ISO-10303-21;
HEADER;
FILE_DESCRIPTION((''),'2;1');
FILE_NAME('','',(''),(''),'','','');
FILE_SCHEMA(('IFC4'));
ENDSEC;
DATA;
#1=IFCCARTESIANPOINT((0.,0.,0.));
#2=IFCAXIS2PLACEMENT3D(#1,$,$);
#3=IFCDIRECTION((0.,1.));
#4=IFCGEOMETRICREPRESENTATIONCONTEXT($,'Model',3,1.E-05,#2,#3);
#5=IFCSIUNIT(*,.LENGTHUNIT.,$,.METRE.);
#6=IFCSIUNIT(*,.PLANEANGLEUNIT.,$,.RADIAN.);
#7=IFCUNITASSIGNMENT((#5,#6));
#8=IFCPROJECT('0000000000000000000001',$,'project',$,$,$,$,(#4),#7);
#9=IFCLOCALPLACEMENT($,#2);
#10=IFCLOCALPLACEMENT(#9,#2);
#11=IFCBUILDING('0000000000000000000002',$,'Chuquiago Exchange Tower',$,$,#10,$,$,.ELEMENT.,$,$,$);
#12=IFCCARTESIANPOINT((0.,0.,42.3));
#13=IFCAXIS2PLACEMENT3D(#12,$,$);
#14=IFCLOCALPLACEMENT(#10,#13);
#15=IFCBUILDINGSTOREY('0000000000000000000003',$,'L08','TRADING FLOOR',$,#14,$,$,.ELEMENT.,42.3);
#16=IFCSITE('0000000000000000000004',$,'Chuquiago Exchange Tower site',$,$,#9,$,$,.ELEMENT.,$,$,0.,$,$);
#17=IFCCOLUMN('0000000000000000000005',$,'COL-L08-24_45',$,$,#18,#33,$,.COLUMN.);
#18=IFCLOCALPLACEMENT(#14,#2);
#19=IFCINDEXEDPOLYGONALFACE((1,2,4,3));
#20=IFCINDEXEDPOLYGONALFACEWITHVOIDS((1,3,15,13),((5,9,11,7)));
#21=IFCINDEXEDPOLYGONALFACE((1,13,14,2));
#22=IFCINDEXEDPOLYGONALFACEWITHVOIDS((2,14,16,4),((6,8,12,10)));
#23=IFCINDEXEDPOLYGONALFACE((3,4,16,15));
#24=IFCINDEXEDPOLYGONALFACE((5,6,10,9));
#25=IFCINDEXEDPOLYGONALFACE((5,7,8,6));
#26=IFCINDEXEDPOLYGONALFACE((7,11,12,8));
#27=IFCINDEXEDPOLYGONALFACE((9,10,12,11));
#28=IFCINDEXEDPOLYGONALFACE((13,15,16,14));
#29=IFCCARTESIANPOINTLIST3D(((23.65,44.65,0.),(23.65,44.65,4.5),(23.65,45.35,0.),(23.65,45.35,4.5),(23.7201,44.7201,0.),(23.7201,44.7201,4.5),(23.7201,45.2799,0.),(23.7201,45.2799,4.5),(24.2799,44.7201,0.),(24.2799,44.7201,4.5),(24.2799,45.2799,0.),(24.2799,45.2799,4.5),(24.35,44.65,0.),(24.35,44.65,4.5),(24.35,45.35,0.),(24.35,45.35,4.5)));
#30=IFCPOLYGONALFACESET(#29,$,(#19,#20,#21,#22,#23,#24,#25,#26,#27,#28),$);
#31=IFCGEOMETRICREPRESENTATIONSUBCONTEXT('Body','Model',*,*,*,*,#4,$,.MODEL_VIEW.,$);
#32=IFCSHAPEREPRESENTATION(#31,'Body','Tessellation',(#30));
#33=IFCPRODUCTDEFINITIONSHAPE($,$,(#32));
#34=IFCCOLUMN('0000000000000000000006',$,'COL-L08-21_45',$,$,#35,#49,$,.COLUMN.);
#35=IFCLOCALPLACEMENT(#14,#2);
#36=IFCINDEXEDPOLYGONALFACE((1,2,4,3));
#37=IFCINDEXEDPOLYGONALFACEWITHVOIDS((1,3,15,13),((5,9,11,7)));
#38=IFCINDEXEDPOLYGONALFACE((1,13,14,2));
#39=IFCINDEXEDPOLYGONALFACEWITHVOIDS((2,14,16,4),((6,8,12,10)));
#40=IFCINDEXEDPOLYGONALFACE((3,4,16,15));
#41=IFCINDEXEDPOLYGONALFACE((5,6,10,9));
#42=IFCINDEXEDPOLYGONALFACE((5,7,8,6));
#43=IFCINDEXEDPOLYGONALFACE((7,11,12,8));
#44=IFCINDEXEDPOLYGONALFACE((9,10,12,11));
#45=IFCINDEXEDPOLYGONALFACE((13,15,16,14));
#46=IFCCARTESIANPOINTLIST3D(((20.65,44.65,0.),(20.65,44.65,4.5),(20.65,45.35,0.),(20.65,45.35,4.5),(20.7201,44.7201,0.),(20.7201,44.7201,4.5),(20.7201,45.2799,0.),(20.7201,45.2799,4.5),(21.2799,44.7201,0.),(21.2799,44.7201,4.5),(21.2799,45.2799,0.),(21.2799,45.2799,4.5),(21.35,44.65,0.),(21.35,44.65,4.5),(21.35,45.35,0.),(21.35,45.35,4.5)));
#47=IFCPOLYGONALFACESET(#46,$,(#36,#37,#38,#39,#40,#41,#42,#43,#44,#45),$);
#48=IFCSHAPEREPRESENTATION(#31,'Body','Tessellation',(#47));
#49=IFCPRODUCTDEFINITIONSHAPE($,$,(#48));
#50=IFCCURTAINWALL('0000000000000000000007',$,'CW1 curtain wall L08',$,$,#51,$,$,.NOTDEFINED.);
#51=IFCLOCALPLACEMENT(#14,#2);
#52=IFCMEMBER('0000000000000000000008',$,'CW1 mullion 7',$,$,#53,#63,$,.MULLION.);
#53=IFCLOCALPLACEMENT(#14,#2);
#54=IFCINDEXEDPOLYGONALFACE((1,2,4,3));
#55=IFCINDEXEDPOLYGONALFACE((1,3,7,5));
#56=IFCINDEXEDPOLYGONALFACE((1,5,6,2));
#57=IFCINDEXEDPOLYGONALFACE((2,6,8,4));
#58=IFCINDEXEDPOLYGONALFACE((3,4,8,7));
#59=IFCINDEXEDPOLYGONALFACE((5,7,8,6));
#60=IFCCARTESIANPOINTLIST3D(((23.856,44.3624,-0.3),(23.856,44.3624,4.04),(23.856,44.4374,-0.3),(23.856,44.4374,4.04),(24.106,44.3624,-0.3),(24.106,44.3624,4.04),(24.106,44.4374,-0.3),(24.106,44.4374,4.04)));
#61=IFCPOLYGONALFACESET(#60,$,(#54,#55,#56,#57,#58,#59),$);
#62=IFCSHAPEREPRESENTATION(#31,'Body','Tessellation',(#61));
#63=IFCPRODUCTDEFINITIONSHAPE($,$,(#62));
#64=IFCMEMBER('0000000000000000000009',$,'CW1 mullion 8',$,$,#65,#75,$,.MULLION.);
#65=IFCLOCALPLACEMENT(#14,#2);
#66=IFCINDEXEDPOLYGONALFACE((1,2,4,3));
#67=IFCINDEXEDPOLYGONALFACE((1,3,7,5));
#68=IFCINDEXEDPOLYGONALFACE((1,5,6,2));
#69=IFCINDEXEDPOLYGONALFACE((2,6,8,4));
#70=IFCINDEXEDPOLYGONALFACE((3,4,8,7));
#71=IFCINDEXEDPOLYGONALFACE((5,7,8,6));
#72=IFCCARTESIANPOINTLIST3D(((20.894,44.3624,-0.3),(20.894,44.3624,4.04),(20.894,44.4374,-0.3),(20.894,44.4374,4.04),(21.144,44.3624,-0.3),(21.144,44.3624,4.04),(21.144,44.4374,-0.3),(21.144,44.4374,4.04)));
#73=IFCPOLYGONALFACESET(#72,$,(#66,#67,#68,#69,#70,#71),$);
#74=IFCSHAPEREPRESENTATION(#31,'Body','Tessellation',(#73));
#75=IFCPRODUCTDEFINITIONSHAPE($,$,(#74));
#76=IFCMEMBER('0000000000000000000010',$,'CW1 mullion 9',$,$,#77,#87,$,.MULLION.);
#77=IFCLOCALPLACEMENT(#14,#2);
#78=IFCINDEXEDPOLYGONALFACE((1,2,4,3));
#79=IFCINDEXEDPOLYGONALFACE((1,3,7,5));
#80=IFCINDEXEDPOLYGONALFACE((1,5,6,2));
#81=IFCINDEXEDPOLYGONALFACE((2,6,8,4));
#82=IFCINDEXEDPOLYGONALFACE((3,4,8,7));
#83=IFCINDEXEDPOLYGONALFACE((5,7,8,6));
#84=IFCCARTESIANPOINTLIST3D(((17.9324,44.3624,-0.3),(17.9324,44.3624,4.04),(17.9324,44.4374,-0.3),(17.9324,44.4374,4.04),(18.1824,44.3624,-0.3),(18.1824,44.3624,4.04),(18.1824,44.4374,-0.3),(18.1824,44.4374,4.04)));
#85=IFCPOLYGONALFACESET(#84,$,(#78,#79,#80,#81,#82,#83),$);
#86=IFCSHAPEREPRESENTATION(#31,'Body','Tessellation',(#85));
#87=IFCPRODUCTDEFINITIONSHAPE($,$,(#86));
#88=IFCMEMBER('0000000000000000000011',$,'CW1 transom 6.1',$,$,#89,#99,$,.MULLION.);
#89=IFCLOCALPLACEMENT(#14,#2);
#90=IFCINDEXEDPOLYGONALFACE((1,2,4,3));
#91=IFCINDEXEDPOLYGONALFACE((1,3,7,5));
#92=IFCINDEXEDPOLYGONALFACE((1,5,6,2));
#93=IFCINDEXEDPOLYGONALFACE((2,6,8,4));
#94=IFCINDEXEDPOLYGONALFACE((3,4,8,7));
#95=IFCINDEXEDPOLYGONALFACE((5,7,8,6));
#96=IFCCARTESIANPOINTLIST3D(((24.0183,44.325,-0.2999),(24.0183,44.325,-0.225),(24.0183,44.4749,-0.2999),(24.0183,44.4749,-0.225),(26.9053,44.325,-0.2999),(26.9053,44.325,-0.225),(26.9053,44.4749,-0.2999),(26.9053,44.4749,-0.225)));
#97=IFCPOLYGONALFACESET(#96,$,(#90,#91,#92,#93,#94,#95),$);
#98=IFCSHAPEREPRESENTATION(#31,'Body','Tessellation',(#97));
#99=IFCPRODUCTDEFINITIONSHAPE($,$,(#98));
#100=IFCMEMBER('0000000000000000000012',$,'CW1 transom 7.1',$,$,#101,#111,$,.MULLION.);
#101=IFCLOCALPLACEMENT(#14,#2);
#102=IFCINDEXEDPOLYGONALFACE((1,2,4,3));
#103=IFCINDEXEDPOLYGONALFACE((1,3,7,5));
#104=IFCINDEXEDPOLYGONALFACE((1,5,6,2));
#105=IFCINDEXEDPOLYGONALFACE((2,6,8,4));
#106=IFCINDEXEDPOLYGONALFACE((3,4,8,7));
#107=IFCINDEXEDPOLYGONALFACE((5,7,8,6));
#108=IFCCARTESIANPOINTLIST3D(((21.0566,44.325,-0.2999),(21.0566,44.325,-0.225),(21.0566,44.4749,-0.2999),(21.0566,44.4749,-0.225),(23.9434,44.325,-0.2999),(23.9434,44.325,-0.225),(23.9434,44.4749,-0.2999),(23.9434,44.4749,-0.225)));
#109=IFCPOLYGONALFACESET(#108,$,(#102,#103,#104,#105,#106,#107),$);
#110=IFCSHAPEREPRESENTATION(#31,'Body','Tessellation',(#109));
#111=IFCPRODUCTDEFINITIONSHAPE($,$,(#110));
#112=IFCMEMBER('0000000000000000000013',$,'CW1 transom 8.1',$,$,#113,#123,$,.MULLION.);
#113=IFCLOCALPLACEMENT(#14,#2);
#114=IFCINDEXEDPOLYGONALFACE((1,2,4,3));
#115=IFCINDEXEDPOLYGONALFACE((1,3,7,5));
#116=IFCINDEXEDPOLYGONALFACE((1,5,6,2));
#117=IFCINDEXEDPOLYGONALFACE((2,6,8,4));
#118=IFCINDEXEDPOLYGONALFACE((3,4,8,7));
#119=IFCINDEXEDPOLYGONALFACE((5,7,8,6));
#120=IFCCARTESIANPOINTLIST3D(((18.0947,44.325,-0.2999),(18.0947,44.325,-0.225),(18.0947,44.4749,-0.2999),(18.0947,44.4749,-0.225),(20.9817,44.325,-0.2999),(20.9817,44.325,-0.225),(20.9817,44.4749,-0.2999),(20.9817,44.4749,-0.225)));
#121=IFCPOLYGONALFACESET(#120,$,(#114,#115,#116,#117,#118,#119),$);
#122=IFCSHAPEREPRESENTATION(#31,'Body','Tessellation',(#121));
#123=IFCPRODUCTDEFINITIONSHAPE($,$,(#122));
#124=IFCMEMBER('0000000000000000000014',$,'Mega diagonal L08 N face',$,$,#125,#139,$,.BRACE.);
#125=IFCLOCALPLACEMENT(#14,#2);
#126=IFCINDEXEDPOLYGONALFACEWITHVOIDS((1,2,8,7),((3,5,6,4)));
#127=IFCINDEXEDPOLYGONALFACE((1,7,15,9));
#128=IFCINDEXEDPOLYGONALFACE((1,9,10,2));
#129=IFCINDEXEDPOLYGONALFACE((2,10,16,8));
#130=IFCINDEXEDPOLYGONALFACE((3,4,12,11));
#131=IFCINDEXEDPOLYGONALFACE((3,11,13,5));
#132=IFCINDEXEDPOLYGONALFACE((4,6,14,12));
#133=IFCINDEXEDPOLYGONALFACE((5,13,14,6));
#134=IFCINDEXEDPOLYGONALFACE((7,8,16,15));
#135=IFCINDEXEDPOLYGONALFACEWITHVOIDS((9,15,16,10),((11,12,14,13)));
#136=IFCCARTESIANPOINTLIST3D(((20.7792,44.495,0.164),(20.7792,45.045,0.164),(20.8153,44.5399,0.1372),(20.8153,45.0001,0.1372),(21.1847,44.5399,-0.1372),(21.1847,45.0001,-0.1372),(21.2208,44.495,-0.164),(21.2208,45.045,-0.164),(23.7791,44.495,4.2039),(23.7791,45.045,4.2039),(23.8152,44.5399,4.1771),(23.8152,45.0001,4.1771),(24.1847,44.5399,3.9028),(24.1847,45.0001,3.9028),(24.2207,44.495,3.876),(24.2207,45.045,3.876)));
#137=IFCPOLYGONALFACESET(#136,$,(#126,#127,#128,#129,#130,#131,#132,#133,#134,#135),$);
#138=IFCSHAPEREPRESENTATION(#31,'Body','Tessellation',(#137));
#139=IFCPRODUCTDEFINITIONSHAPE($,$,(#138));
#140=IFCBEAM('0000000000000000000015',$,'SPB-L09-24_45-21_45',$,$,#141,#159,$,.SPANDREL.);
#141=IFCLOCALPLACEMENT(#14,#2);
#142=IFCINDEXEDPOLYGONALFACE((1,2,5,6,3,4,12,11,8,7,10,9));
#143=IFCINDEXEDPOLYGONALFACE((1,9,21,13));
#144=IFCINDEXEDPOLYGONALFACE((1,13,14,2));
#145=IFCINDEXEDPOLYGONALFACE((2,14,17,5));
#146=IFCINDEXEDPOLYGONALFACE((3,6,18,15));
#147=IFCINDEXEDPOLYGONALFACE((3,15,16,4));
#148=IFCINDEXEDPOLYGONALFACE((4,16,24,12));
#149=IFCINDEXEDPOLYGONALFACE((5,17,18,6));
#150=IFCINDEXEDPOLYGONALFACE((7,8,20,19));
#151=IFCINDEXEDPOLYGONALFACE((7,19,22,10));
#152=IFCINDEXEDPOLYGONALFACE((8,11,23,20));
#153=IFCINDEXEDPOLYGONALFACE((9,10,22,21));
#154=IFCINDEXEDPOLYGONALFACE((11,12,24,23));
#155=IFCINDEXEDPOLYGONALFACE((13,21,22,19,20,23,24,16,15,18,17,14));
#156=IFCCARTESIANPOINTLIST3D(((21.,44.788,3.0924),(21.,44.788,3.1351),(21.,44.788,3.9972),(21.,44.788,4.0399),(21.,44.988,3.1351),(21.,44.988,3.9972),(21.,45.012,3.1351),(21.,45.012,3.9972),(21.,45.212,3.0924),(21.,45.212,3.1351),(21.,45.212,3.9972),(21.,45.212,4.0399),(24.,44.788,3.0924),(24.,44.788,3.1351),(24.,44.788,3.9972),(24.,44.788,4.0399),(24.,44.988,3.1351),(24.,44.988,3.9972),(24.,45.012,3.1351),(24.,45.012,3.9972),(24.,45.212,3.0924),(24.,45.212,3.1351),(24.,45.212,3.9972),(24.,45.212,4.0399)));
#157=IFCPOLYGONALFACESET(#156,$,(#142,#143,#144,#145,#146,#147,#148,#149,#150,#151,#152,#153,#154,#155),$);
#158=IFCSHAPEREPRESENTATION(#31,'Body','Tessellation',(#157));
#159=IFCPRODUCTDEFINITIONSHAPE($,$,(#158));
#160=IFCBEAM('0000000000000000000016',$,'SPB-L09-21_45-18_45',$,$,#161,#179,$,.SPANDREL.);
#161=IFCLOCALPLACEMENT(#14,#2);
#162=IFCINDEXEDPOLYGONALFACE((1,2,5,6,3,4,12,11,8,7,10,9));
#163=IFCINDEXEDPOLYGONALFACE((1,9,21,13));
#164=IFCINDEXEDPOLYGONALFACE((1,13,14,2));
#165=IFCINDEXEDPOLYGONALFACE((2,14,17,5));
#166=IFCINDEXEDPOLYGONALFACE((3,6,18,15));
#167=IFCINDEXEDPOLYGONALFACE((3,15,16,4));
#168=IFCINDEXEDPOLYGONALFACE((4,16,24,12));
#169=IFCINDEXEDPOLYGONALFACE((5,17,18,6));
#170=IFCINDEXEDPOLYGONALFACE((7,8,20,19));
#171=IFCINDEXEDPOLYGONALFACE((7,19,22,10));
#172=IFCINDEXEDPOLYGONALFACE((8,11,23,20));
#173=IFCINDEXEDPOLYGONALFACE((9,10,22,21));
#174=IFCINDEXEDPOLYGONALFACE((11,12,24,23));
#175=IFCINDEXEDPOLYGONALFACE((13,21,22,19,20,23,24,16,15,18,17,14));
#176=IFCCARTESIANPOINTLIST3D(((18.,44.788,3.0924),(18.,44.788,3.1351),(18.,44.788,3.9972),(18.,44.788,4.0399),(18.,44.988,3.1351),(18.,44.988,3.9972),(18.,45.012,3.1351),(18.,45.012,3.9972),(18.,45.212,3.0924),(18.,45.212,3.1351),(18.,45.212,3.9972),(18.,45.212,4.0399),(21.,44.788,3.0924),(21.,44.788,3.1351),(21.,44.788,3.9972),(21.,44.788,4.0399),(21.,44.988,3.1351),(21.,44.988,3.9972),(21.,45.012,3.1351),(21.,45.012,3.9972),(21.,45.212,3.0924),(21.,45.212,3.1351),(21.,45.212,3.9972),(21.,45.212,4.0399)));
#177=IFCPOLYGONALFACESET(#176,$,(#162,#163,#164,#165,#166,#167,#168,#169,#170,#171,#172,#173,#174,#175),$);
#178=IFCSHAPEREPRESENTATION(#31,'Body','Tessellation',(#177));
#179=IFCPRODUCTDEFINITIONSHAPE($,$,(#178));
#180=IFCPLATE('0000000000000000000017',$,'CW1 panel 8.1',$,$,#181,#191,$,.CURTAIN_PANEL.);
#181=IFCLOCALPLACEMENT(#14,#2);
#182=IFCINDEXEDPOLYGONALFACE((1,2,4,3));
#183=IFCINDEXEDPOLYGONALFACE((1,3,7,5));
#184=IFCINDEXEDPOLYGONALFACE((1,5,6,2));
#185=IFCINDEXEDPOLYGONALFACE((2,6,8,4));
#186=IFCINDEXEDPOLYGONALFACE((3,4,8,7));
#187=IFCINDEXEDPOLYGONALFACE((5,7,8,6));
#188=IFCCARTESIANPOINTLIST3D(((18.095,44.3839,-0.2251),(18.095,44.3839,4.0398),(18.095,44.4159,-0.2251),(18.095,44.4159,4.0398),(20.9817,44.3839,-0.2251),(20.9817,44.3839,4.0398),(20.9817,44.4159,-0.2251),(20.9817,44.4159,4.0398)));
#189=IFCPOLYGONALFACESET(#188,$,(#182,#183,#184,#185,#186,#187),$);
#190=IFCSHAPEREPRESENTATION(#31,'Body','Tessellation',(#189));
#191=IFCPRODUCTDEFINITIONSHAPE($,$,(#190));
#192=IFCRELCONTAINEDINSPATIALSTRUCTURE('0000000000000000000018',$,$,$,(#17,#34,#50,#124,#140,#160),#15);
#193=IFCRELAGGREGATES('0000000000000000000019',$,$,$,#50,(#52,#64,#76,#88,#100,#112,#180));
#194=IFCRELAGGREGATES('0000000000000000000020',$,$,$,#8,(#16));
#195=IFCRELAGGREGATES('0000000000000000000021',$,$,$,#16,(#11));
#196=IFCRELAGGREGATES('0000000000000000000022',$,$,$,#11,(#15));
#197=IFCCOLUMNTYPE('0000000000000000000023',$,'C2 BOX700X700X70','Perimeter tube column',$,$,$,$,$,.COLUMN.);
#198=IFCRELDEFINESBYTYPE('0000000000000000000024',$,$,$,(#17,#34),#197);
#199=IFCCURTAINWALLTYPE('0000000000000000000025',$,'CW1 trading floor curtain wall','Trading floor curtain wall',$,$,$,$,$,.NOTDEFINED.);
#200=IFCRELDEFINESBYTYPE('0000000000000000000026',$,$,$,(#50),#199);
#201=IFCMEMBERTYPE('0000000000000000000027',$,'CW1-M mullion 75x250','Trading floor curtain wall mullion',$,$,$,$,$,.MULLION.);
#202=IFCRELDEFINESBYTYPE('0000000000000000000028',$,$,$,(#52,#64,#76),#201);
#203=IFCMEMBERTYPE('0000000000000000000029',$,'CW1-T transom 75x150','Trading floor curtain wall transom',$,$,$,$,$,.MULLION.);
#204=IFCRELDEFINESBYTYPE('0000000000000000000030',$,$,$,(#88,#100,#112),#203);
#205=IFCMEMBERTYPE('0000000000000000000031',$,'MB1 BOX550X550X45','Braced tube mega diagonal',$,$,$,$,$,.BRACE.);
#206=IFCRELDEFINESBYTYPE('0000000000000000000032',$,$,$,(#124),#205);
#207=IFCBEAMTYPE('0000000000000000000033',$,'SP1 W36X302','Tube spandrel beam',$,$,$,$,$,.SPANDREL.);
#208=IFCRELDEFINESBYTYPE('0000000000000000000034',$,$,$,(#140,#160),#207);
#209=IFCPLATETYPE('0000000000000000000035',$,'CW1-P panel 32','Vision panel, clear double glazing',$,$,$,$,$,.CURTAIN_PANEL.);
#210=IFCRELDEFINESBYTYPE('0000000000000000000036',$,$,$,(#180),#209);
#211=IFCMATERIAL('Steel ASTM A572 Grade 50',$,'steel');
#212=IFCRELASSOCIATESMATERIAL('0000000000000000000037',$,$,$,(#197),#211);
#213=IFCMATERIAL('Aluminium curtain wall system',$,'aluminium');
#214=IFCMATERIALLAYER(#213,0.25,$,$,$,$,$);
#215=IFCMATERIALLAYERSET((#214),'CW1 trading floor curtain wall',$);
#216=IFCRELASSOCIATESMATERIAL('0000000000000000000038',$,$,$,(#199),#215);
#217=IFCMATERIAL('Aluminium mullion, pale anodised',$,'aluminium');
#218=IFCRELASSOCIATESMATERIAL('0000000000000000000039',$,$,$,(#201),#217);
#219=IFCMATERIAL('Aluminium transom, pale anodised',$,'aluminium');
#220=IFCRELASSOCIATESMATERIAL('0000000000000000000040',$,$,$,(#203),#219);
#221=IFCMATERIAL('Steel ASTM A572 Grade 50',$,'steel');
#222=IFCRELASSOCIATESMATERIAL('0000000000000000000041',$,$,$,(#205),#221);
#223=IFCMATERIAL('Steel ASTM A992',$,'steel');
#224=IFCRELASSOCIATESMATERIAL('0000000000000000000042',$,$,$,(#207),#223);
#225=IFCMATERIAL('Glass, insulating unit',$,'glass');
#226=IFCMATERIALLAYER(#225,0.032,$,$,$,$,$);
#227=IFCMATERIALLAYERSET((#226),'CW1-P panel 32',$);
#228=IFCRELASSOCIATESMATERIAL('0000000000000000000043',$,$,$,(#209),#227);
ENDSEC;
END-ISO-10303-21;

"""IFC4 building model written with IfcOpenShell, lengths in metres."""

from ifc_helpers import new_model, si_unit, direction, frame, origin, origin_2d, place, context, subcontext, project, spatial, rectangle, hollow_rectangle, i_section, extrude, material, layer, layer_set, material_profile, profile_set, type_object, element, aggregate, save


model = new_model("IFC4")

# Units and contexts
model_context = context("Model", 3, precision=1e-05, world=origin(), true_north=direction((0.0, 1.0)))
body_context = subcontext(model_context, "Body", "Model", "MODEL_VIEW")
ifc_project = project(units=[si_unit("LENGTHUNIT", "METRE"), si_unit("PLANEANGLEUNIT", "RADIAN")], contexts=[model_context])

# Site, building, storey
site_placement = place(None, origin())
site = spatial("IfcSite", under=ifc_project, at=site_placement, Name="Chuquiago Exchange Tower site", CompositionType="ELEMENT", RefElevation=0.0)
building_placement = place(site_placement, origin())
building = spatial("IfcBuilding", under=site, at=building_placement, Name="Chuquiago Exchange Tower", CompositionType="ELEMENT")
storey_placement = place(building_placement, frame((0.0, 0.0, 42.3)))
storey = spatial("IfcBuildingStorey", under=building, at=storey_placement, Name="L08", Description="TRADING FLOOR", CompositionType="ELEMENT", Elevation=42.3)

# Columns
ifc_material_1 = material(Name="Steel ASTM A572 Grade 50", Category="steel")
ifc_material_profile_1 = material_profile(ifc_material_1, hollow_rectangle(XDim=0.7, YDim=0.7, WallThickness=0.0701, at=origin_2d()), Name="BOX700X700X70")
ifc_profile_set_1 = profile_set([ifc_material_profile_1], Name="Steel ASTM A572 Grade 50")
column_type = type_object("IfcColumnType", Name="C2 BOX700X700X70", Description="Perimeter tube column", PredefinedType="COLUMN", material=ifc_profile_set_1)
for number, where, z_axis, x_axis, name in (
    (1, (24.0, 45.0, 0.0), (0.0, 0.0, 1.0), (0.0, 1.0, 0.0), "COL-L08-24_45"),
    (2, (21.0, 45.0, 0.0), (0.0, 0.0, 1.0), (0.0, 1.0, 0.0), "COL-L08-21_45"),
):
    element("IfcColumn", number, at=place(storey_placement, frame(where, z_axis=z_axis, x_axis=x_axis)), inside=storey, type_object=column_type, Name=name, PredefinedType="COLUMN", context=body_context, shape_type="SweptSolid", body=[
        extrude(hollow_rectangle(XDim=0.7, YDim=0.7, WallThickness=0.0701, at=origin_2d()), origin(), (0.0, 0.0, 1.0), 4.5),
    ])

# Curtain wall, members
ifc_material_2 = material(Name="Aluminium curtain wall system", Category="aluminium")
ifc_layer_1 = layer(ifc_material_2, 0.25)
ifc_layer_set_1 = layer_set([ifc_layer_1], Name="CW1 trading floor curtain wall")
curtain_wall_type = type_object("IfcCurtainWallType", Name="CW1 trading floor curtain wall", Description="Trading floor curtain wall", PredefinedType="NOTDEFINED", material=ifc_layer_set_1)
curtain_wall_placement = place(storey_placement, origin())
curtain_wall = element("IfcCurtainWall", 3, at=curtain_wall_placement, inside=storey, type_object=curtain_wall_type, Name="CW1 curtain wall L08", PredefinedType="NOTDEFINED")
ifc_material_3 = material(Name="Aluminium mullion, pale anodised", Category="aluminium")
ifc_material_profile_2 = material_profile(ifc_material_3, rectangle(XDim=0.075, YDim=0.25, at=origin_2d()), Name="AL 75x250")
ifc_profile_set_2 = profile_set([ifc_material_profile_2], Name="Aluminium mullion, pale anodised")
member_type_1 = type_object("IfcMemberType", Name="CW1-M mullion 75x250", Description="Trading floor curtain wall mullion", PredefinedType="MULLION", material=ifc_profile_set_2)
member_1_placement = place(storey_placement, frame((23.981, 44.3999, -0.3), z_axis=(0.0, 0.0, 1.0), x_axis=(0.0, -1.0, 0.0)))
member_1 = element("IfcMember", 4, at=member_1_placement, type_object=member_type_1, Name="CW1 mullion 7", PredefinedType="MULLION", context=body_context, shape_type="SweptSolid", body=[
    extrude(rectangle(XDim=0.075, YDim=0.25, at=origin_2d()), origin(), (0.0, 0.0, 1.0), 4.3401),
])
member_2_placement = place(storey_placement, frame((21.019, 44.3999, -0.3), z_axis=(0.0, 0.0, 1.0), x_axis=(0.0, -1.0, 0.0)))
member_2 = element("IfcMember", 5, at=member_2_placement, type_object=member_type_1, Name="CW1 mullion 8", PredefinedType="MULLION", context=body_context, shape_type="SweptSolid", body=[
    extrude(rectangle(XDim=0.075, YDim=0.25, at=origin_2d()), origin(), (0.0, 0.0, 1.0), 4.3401),
])
member_3_placement = place(storey_placement, frame((18.0574, 44.3999, -0.3), z_axis=(0.0, 0.0, 1.0), x_axis=(0.0, -1.0, 0.0)))
member_3 = element("IfcMember", 6, at=member_3_placement, type_object=member_type_1, Name="CW1 mullion 9", PredefinedType="MULLION", context=body_context, shape_type="SweptSolid", body=[
    extrude(rectangle(XDim=0.075, YDim=0.25, at=origin_2d()), origin(), (0.0, 0.0, 1.0), 4.3401),
])
ifc_material_4 = material(Name="Aluminium transom, pale anodised", Category="aluminium")
ifc_material_profile_3 = material_profile(ifc_material_4, rectangle(XDim=0.1499, YDim=0.075, at=origin_2d()), Name="AL 150x75")
ifc_profile_set_3 = profile_set([ifc_material_profile_3], Name="Aluminium transom, pale anodised")
member_type_2 = type_object("IfcMemberType", Name="CW1-T transom 75x150", Description="Trading floor curtain wall transom", PredefinedType="MULLION", material=ifc_profile_set_3)
member_4_placement = place(storey_placement, frame((26.9053, 44.3999, -0.2625), z_axis=(-1.0, 0.0, 0.0), x_axis=(0.0, -1.0, 0.0)))
member_4 = element("IfcMember", 7, at=member_4_placement, type_object=member_type_2, Name="CW1 transom 6.1", PredefinedType="MULLION", context=body_context, shape_type="SweptSolid", body=[
    extrude(rectangle(XDim=0.1499, YDim=0.075, at=origin_2d()), origin(), (0.0, 0.0, 1.0), 2.887),
])
member_5_placement = place(storey_placement, frame((23.9434, 44.3999, -0.2625), z_axis=(-1.0, 0.0, 0.0), x_axis=(0.0, -1.0, 0.0)))
member_5 = element("IfcMember", 8, at=member_5_placement, type_object=member_type_2, Name="CW1 transom 7.1", PredefinedType="MULLION", context=body_context, shape_type="SweptSolid", body=[
    extrude(rectangle(XDim=0.1499, YDim=0.075, at=origin_2d()), origin(), (0.0, 0.0, 1.0), 2.8867),
])
member_6_placement = place(storey_placement, frame((20.9817, 44.3999, -0.2625), z_axis=(-1.0, 0.0, 0.0), x_axis=(0.0, -1.0, 0.0)))
member_6 = element("IfcMember", 9, at=member_6_placement, type_object=member_type_2, Name="CW1 transom 8.1", PredefinedType="MULLION", context=body_context, shape_type="SweptSolid", body=[
    extrude(rectangle(XDim=0.1499, YDim=0.075, at=origin_2d()), origin(), (0.0, 0.0, 1.0), 2.887),
])

# Member
ifc_material_5 = material(Name="Steel ASTM A572 Grade 50", Category="steel")
ifc_material_profile_4 = material_profile(ifc_material_5, hollow_rectangle(XDim=0.55, YDim=0.55, WallThickness=0.0449, at=origin_2d()), Name="BOX550X550X45")
ifc_profile_set_4 = profile_set([ifc_material_profile_4], Name="Steel ASTM A572 Grade 50")
member_type_3 = type_object("IfcMemberType", Name="MB1 BOX550X550X45", Description="Braced tube mega diagonal", PredefinedType="BRACE", material=ifc_profile_set_4)
member_7_placement = place(storey_placement, frame((21.0, 44.77, 0.0), z_axis=(0.596174, 0.0, 0.802855), x_axis=(0.0, 1.0, 0.0)))
element("IfcMember", 10, at=member_7_placement, inside=storey, type_object=member_type_3, Name="Mega diagonal L08 N face", PredefinedType="BRACE", context=body_context, shape_type="SweptSolid", body=[
    extrude(hollow_rectangle(XDim=0.55, YDim=0.55, WallThickness=0.0449, at=origin_2d()), origin(), (0.0, 0.0, 1.0), 5.032),
])

# Beams
ifc_material_6 = material(Name="Steel ASTM A992", Category="steel")
ifc_material_profile_5 = material_profile(ifc_material_6, i_section(OverallWidth=0.4241, OverallDepth=0.9475, WebThickness=0.0239, FlangeThickness=0.0427, at=origin_2d()), Name="W36X302")
ifc_profile_set_5 = profile_set([ifc_material_profile_5], Name="Steel ASTM A992")
beam_type = type_object("IfcBeamType", Name="SP1 W36X302", Description="Tube spandrel beam", PredefinedType="SPANDREL", material=ifc_profile_set_5)
for number, where, z_axis, x_axis, name in (
    (11, (24.0, 45.0, 3.5662), (-1.0, 0.0, 0.0), (0.0, -1.0, 0.0), "SPB-L09-24_45-21_45"),
    (12, (21.0, 45.0, 3.5662), (-1.0, 0.0, 0.0), (0.0, -1.0, 0.0), "SPB-L09-21_45-18_45"),
):
    element("IfcBeam", number, at=place(storey_placement, frame(where, z_axis=z_axis, x_axis=x_axis)), inside=storey, type_object=beam_type, Name=name, PredefinedType="SPANDREL", context=body_context, shape_type="SweptSolid", body=[
        extrude(i_section(OverallWidth=0.4241, OverallDepth=0.9475, WebThickness=0.0239, FlangeThickness=0.0427, at=origin_2d()), origin(), (0.0, 0.0, 1.0), 3.0),
    ])

# Plate
ifc_material_7 = material(Name="Glass, insulating unit", Category="glass")
ifc_layer_2 = layer(ifc_material_7, 0.032)
ifc_layer_set_2 = layer_set([ifc_layer_2], Name="CW1-P panel 32")
plate_type_1 = type_object("IfcPlateType", Name="CW1-P panel 32", Description="Vision panel, clear double glazing", PredefinedType="CURTAIN_PANEL", material=ifc_layer_set_2)
plate_1_placement = place(storey_placement, frame((19.5383, 44.3999, -0.2251), z_axis=(0.0, 0.0, 1.0), x_axis=(-1.0, 0.0, 0.0)))
plate_1 = element("IfcPlate", 13, at=plate_1_placement, type_object=plate_type_1, Name="CW1 panel 8.1", PredefinedType="CURTAIN_PANEL", context=body_context, shape_type="SweptSolid", body=[
    extrude(rectangle(XDim=2.8867, YDim=0.032, at=origin_2d()), origin(), (0.0, 0.0, 1.0), 4.2649),
])
aggregate(curtain_wall, [member_1, member_2, member_3, member_4, member_5, member_6, plate_1])

save(model, "model.ifc")
